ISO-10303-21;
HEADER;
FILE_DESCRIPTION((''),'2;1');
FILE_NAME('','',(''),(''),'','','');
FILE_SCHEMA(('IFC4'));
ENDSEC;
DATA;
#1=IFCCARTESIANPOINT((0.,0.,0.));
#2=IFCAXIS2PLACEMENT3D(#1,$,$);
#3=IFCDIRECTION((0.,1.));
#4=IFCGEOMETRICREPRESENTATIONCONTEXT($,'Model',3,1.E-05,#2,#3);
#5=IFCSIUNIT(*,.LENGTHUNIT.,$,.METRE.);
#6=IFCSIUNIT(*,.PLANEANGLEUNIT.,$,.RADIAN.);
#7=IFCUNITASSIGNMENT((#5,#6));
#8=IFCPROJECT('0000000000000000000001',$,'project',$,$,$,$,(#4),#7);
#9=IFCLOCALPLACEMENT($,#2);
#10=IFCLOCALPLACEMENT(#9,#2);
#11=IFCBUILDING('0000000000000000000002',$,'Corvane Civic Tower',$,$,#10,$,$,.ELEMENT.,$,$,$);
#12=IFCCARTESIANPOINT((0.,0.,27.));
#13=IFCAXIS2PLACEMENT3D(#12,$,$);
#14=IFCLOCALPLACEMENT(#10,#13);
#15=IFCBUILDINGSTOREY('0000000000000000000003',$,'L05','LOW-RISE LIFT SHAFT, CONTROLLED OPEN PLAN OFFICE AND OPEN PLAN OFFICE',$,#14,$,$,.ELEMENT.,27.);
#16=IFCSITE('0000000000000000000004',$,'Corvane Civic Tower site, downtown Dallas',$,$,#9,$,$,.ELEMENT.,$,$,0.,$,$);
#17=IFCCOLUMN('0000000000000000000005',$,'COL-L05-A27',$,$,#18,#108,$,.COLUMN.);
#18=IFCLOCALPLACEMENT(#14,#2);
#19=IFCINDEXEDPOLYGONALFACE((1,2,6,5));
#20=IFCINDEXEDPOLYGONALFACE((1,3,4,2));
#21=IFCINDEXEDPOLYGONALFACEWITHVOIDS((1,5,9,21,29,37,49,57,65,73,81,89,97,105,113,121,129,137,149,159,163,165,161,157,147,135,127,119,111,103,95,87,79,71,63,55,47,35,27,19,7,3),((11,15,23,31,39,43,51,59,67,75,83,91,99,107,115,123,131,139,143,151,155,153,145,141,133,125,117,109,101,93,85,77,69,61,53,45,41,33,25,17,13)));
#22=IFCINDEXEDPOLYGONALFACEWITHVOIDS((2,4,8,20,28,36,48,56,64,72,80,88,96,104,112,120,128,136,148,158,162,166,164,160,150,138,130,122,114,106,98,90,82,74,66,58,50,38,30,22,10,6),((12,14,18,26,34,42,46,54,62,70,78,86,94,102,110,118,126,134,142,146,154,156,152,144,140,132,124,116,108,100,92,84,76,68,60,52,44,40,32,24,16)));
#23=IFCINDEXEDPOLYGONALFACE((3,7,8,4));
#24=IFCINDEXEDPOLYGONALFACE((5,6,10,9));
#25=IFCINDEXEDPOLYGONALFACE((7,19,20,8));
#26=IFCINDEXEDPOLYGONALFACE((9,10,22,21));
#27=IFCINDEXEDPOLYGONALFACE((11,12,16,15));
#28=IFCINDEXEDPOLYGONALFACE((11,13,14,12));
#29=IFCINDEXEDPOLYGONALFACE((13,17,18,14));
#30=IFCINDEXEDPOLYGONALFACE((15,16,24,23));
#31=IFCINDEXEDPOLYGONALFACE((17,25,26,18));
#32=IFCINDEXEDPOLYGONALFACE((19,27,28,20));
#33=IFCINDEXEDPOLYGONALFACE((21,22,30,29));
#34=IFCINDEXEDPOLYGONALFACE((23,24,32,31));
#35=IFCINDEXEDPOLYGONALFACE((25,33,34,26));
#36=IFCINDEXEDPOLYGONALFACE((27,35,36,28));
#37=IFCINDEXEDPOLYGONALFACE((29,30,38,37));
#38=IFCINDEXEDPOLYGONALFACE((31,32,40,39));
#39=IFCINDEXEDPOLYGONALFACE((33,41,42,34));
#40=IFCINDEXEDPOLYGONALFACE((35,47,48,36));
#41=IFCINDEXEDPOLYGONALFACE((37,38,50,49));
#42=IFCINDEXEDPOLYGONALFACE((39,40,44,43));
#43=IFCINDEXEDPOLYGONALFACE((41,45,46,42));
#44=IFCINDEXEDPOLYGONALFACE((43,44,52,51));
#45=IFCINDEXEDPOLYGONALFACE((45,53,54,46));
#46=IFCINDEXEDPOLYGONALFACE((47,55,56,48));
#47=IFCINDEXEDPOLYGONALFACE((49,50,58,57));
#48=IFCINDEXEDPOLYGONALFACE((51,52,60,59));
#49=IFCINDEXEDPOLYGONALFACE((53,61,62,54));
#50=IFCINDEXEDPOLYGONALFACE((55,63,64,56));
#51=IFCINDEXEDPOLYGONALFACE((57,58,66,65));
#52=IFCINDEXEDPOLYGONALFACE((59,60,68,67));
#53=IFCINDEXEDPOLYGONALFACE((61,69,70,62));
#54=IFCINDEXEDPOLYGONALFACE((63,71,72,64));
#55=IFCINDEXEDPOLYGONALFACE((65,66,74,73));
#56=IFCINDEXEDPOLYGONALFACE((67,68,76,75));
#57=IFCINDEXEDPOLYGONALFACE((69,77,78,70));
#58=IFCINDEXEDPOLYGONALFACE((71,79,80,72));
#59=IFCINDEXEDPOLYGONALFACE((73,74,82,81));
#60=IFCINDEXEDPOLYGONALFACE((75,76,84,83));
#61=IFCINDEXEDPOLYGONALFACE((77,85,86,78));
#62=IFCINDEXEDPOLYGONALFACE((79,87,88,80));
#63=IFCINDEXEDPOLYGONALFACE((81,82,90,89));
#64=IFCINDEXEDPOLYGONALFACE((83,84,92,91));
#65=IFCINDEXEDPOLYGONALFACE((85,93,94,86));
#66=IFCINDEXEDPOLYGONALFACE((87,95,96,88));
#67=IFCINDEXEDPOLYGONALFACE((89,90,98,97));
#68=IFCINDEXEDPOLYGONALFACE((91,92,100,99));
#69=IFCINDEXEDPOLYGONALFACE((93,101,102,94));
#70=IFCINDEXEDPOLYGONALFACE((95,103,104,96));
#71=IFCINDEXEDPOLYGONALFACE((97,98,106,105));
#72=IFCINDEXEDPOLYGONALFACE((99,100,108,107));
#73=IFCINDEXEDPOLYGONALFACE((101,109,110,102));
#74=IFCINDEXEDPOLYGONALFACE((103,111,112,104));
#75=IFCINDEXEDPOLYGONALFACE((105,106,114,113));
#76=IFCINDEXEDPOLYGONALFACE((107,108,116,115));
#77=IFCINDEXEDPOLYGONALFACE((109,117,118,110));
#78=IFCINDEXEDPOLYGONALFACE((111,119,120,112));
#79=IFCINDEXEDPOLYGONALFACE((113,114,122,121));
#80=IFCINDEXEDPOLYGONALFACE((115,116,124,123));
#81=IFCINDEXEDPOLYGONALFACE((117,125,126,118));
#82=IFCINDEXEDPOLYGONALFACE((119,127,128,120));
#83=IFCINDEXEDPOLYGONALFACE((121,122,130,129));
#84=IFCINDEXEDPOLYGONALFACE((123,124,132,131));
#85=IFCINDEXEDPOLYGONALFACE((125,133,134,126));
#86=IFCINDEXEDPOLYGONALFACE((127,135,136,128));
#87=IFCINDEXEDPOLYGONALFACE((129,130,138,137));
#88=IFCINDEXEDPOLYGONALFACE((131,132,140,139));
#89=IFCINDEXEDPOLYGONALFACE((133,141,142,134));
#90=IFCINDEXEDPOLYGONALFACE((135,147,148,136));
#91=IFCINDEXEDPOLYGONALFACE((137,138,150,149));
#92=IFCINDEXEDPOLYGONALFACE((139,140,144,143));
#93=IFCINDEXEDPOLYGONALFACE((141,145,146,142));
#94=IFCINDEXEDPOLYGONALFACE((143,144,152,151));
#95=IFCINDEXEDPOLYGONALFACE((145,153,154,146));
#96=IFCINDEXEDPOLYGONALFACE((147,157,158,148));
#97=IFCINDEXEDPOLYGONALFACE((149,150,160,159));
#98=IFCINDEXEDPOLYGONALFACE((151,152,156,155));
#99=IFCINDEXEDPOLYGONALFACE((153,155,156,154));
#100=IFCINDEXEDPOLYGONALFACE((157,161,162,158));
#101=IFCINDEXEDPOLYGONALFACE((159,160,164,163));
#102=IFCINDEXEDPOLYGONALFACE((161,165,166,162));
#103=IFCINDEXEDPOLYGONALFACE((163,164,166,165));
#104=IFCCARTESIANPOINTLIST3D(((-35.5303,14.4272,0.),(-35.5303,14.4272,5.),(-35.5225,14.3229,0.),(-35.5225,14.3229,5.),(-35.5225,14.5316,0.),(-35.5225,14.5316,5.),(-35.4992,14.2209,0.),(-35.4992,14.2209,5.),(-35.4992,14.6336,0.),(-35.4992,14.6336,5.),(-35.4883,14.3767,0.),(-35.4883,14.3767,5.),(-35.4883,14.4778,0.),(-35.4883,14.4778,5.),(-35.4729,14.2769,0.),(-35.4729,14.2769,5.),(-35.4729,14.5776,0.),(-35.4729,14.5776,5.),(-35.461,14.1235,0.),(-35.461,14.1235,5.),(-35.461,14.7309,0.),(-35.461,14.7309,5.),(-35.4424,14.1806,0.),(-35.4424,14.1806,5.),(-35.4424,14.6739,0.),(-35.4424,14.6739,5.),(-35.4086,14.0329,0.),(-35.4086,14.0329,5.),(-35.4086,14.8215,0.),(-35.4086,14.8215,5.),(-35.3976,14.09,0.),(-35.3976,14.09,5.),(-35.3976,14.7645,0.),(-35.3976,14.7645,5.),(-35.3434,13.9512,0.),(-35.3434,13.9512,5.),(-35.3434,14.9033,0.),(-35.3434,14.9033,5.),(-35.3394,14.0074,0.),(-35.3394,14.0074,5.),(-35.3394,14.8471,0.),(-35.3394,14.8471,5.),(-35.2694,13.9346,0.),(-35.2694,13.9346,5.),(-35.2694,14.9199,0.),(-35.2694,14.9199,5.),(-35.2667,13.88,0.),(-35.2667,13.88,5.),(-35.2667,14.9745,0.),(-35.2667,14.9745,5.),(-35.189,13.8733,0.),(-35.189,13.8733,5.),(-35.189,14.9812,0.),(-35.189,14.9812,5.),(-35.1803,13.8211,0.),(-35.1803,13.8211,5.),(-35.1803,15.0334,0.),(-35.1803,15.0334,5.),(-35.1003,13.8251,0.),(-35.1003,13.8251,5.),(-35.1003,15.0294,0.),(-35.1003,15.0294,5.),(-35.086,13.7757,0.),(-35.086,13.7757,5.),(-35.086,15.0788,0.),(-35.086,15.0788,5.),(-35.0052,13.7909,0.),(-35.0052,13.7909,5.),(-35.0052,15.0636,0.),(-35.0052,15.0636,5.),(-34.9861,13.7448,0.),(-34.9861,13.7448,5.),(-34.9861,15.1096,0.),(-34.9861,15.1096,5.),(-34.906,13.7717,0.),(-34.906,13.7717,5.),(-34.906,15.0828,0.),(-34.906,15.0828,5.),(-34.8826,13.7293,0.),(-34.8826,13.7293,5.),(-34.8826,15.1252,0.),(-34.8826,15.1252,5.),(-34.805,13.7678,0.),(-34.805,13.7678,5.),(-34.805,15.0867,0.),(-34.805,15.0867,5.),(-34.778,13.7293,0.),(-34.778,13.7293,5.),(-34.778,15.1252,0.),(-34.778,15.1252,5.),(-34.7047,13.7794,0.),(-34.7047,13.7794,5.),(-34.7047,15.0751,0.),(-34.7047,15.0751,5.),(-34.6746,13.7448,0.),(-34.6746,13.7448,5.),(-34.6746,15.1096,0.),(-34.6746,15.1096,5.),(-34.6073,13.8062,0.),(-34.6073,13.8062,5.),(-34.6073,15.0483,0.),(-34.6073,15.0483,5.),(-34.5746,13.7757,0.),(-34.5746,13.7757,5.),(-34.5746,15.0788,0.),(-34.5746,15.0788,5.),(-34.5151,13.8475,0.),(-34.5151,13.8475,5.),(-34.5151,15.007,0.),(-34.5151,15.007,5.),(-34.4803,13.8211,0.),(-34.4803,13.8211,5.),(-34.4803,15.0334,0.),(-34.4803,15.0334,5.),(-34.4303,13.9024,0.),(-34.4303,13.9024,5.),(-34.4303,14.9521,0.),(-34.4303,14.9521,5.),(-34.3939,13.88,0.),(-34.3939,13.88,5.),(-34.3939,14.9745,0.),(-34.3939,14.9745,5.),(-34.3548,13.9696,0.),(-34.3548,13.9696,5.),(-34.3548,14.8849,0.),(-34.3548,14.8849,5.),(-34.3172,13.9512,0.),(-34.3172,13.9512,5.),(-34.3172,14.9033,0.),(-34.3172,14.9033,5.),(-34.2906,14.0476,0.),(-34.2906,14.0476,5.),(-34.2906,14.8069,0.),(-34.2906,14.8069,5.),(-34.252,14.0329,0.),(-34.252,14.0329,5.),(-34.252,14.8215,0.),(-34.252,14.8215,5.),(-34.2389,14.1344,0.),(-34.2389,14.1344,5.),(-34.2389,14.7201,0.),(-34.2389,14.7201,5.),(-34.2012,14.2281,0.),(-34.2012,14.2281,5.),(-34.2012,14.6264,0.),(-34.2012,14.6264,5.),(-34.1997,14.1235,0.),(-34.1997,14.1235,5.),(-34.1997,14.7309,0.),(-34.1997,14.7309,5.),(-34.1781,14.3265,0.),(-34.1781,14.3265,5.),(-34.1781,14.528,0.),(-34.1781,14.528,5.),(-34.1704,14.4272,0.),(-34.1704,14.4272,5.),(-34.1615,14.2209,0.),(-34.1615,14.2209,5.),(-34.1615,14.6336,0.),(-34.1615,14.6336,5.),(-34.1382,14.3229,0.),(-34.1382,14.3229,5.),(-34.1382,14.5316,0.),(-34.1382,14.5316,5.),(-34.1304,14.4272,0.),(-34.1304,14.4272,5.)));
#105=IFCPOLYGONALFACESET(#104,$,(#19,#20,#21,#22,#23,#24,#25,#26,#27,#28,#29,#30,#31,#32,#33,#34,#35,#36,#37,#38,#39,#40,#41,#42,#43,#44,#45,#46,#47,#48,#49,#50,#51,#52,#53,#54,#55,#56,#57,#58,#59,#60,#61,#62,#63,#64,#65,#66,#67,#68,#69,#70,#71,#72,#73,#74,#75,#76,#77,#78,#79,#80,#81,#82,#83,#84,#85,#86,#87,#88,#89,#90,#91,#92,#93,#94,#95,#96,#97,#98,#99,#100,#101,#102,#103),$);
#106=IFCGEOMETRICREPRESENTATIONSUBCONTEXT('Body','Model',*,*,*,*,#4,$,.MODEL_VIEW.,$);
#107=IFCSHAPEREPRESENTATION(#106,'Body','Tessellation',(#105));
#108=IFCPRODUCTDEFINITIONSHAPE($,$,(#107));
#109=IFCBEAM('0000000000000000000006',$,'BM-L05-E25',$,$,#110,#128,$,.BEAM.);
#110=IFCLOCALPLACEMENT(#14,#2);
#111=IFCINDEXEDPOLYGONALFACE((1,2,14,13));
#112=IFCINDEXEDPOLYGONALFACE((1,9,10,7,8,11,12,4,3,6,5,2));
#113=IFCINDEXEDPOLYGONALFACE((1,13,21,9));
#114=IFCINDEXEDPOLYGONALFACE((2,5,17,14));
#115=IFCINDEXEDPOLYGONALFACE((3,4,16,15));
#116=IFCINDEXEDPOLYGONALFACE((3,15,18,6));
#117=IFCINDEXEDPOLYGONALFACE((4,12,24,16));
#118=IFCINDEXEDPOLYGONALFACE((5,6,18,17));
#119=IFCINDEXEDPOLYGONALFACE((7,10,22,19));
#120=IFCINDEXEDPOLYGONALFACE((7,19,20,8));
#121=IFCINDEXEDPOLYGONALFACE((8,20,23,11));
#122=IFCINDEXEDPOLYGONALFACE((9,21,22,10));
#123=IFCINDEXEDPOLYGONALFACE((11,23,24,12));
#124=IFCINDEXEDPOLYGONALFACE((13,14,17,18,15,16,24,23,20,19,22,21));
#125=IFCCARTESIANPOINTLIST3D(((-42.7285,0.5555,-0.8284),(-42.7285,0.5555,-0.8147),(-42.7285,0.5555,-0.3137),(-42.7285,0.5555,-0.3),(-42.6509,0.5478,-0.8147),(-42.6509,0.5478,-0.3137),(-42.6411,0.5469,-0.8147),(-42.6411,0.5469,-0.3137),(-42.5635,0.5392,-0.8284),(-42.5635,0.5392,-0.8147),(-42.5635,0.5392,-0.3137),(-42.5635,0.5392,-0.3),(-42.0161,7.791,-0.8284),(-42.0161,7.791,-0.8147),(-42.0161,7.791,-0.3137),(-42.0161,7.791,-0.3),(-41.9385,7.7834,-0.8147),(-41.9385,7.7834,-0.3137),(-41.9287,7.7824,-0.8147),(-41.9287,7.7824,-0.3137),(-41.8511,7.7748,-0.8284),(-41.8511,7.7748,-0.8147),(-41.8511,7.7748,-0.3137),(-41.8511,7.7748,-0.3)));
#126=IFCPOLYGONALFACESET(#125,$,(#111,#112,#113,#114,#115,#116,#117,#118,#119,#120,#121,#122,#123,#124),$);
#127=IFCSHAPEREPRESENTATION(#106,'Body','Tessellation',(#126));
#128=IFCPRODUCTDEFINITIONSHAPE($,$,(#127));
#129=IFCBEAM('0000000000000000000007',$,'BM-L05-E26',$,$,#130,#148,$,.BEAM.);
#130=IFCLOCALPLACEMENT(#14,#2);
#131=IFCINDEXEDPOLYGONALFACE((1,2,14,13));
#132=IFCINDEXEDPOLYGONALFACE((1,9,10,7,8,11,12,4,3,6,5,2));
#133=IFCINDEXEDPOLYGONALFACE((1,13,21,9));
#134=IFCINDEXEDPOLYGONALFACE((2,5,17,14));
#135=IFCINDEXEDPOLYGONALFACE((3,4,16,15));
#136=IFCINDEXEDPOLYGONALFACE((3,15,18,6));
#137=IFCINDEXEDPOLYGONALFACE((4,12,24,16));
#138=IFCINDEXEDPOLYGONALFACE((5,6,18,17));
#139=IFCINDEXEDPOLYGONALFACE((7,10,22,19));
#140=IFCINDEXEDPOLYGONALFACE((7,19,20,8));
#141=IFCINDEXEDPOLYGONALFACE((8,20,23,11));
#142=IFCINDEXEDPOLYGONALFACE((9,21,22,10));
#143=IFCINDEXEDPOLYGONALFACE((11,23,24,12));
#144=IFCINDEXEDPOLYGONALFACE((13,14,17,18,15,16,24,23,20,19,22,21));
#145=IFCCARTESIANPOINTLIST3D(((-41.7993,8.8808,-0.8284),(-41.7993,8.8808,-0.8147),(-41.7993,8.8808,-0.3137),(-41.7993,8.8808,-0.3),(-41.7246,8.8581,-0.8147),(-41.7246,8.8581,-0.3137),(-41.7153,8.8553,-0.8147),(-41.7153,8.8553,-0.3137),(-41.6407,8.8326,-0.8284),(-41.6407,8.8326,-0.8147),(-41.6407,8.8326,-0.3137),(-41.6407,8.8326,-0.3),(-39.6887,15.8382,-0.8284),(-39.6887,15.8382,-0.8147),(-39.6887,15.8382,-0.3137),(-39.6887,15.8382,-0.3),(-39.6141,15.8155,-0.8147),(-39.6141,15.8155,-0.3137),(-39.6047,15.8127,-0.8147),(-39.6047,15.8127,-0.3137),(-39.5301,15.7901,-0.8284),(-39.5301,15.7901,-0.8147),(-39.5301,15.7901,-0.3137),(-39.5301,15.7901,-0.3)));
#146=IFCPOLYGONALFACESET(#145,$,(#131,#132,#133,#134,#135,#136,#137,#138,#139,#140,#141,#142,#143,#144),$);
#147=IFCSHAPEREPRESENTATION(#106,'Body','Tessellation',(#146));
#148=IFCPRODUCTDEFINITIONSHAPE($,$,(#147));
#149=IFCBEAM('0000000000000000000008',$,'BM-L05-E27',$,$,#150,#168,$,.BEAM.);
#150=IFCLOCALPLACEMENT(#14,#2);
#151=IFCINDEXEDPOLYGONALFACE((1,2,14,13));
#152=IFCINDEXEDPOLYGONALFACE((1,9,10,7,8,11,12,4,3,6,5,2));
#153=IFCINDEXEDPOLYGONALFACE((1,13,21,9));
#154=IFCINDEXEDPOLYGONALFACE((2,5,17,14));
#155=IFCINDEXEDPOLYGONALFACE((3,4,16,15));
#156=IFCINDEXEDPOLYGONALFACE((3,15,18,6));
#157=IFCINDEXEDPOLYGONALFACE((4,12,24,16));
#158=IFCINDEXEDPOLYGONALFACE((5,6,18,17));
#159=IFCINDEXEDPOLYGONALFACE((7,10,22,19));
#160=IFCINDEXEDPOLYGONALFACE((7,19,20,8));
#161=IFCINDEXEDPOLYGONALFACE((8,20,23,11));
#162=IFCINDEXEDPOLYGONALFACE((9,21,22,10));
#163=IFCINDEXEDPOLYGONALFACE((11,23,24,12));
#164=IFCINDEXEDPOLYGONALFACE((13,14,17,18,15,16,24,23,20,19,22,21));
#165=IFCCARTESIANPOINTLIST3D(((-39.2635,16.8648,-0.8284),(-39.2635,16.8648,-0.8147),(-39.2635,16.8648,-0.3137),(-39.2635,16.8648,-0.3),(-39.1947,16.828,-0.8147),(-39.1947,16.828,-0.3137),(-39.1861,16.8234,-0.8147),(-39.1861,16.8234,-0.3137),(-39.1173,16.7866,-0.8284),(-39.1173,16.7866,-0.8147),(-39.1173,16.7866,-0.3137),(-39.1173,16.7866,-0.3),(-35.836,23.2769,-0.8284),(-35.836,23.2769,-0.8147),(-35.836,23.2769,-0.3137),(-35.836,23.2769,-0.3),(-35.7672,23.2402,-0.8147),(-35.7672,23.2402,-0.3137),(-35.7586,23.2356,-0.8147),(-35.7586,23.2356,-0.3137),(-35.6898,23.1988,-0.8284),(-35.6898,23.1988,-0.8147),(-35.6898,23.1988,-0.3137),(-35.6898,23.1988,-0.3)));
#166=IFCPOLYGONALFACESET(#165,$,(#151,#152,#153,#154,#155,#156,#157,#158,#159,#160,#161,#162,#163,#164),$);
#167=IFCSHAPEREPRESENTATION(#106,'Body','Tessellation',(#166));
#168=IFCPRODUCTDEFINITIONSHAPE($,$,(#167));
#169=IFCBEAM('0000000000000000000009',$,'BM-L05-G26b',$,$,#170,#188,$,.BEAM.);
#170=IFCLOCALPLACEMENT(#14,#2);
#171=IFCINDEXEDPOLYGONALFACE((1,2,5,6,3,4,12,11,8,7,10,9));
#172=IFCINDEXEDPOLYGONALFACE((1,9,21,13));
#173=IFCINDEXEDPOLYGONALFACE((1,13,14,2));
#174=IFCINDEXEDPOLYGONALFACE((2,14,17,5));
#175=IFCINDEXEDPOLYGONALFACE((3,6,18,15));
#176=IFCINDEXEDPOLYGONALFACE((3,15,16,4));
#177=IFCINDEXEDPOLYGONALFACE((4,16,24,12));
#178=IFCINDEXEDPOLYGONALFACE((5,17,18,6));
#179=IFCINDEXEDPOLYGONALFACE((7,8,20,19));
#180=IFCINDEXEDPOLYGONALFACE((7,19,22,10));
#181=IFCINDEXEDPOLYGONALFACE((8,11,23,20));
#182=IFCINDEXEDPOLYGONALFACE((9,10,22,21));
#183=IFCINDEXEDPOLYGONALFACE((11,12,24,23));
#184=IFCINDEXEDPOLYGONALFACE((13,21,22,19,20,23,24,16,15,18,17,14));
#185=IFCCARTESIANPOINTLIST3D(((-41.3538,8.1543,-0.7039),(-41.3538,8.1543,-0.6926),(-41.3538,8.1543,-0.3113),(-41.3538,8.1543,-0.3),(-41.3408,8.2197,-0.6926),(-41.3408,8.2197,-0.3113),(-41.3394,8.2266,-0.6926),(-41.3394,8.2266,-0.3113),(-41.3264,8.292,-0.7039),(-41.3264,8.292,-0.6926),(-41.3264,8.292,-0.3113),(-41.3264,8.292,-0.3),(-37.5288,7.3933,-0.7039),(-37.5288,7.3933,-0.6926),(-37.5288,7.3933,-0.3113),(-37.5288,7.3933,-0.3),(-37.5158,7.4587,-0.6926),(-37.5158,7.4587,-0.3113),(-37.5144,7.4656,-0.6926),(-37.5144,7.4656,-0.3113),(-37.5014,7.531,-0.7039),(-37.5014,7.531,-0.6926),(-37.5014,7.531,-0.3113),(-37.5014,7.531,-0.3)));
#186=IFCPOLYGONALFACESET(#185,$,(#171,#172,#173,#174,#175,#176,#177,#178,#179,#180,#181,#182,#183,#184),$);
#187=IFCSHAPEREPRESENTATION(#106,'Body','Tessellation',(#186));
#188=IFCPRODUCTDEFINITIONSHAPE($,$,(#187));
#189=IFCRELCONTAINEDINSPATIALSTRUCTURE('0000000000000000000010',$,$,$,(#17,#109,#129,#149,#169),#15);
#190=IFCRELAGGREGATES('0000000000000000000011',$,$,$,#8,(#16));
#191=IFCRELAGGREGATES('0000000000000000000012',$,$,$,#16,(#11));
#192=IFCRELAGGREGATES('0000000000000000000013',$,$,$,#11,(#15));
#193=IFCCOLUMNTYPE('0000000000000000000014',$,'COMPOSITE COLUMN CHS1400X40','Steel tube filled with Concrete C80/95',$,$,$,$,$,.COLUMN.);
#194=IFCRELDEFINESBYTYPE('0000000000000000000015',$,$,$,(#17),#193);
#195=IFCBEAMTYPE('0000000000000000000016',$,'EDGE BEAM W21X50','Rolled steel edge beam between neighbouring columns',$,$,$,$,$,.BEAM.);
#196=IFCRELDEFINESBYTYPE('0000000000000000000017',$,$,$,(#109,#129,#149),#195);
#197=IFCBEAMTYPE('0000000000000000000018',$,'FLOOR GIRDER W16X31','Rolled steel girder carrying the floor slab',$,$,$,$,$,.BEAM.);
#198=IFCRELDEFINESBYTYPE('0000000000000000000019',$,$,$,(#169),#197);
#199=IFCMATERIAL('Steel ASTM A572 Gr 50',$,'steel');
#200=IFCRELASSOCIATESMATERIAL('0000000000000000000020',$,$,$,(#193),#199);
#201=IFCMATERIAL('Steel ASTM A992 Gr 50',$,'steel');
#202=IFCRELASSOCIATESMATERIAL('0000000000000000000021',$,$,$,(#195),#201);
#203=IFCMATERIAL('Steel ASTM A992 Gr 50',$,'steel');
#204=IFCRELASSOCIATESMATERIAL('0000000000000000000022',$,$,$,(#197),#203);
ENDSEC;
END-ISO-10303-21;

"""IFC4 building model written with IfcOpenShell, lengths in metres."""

from ifc_helpers import new_model, si_unit, direction, frame, origin, origin_2d, place, context, subcontext, project, spatial, hollow_circle, i_section, extrude, material, material_profile, profile_set, type_object, element, save


model = new_model("IFC4")

# Units and contexts
model_context = context("Model", 3, precision=1e-05, world=origin(), true_north=direction((0.0, 1.0)))
body_context = subcontext(model_context, "Body", "Model", "MODEL_VIEW")
ifc_project = project(units=[si_unit("LENGTHUNIT", "METRE"), si_unit("PLANEANGLEUNIT", "RADIAN")], contexts=[model_context])

# Site, building, storey
site_placement = place(None, origin())
site = spatial("IfcSite", under=ifc_project, at=site_placement, Name="Corvane Civic Tower site, downtown Dallas", CompositionType="ELEMENT", RefElevation=0.0)
building_placement = place(site_placement, origin())
building = spatial("IfcBuilding", under=site, at=building_placement, Name="Corvane Civic Tower", CompositionType="ELEMENT")
storey_placement = place(building_placement, frame((0.0, 0.0, 27.0)))
storey = spatial("IfcBuildingStorey", under=building, at=storey_placement, Name="L05", Description="LOW-RISE LIFT SHAFT, CONTROLLED OPEN PLAN OFFICE AND OPEN PLAN OFFICE", CompositionType="ELEMENT", Elevation=27.0)

# Column
ifc_material_1 = material(Name="Steel ASTM A572 Gr 50", Category="steel")
ifc_material_profile_1 = material_profile(ifc_material_1, hollow_circle(Radius=0.7, WallThickness=0.04, at=origin_2d()), Name="CHS1400X40")
ifc_profile_set_1 = profile_set([ifc_material_profile_1], Name="Steel ASTM A572 Gr 50")
column_type_1 = type_object("IfcColumnType", Name="COMPOSITE COLUMN CHS1400X40", Description="Steel tube filled with Concrete C80/95", PredefinedType="COLUMN", material=ifc_profile_set_1)
for number, where, z_axis, x_axis, name in (
    (1, (-34.8303, 14.4272, 0.0), (0.0, 0.0, 1.0), (1.0, 0.0, 0.0), "COL-L05-A27"),
):
    element("IfcColumn", number, at=place(storey_placement, frame(where, z_axis=z_axis, x_axis=x_axis)), inside=storey, type_object=column_type_1, Name=name, PredefinedType="COLUMN", context=body_context, shape_type="SweptSolid", body=[
        extrude(hollow_circle(Radius=0.7, WallThickness=0.04, at=origin_2d()), origin(), (0.0, 0.0, 1.0), 5.0),
    ])

# Beams
ifc_material_2 = material(Name="Steel ASTM A992 Gr 50", Category="steel")
ifc_material_profile_2 = material_profile(ifc_material_2, i_section(OverallWidth=0.1658, OverallDepth=0.5283, WebThickness=0.0098, FlangeThickness=0.0137, at=origin_2d()), Name="W21X50")
ifc_profile_set_2 = profile_set([ifc_material_profile_2], Name="Steel ASTM A992 Gr 50")
beam_type_1 = type_object("IfcBeamType", Name="EDGE BEAM W21X50", Description="Rolled steel edge beam between neighbouring columns", PredefinedType="BEAM", material=ifc_profile_set_2)
for number, where, z_axis, x_axis, name in (
    (2, (-42.646, 0.5474, -0.5642), (0.097984, 0.995188, 0.0), (-0.995188, 0.097984, 0.0), "BM-L05-E25"),
    (3, (-41.72, 8.8567, -0.5642), (0.290292, 0.956938, 0.0), (-0.956938, 0.290292, 0.0), "BM-L05-E26"),
):
    element("IfcBeam", number, at=place(storey_placement, frame(where, z_axis=z_axis, x_axis=x_axis)), inside=storey, type_object=beam_type_1, Name=name, PredefinedType="BEAM", context=body_context, shape_type="SweptSolid", body=[
        extrude(i_section(OverallWidth=0.1658, OverallDepth=0.5283, WebThickness=0.0098, FlangeThickness=0.0137, at=origin_2d()), origin(), (0.0, 0.0, 1.0), 7.2705),
    ])
beam_placement = place(storey_placement, frame((-39.1904, 16.8257, -0.5642), z_axis=(0.471412, 0.881913, 0.0), x_axis=(-0.881913, 0.471412, 0.0)))
element("IfcBeam", 4, at=beam_placement, inside=storey, type_object=beam_type_1, Name="BM-L05-E27", PredefinedType="BEAM", context=body_context, shape_type="SweptSolid", body=[
    extrude(i_section(OverallWidth=0.1658, OverallDepth=0.5283, WebThickness=0.0098, FlangeThickness=0.0137, at=origin_2d()), origin(), (0.0, 0.0, 1.0), 7.2708),
])
ifc_material_3 = material(Name="Steel ASTM A992 Gr 50", Category="steel")
ifc_material_profile_3 = material_profile(ifc_material_3, i_section(OverallWidth=0.1404, OverallDepth=0.4038, WebThickness=0.0071, FlangeThickness=0.0112, at=origin_2d()), Name="W16X31")
ifc_profile_set_3 = profile_set([ifc_material_profile_3], Name="Steel ASTM A992 Gr 50")
beam_type_2 = type_object("IfcBeamType", Name="FLOOR GIRDER W16X31", Description="Rolled steel girder carrying the floor slab", PredefinedType="BEAM", material=ifc_profile_set_3)
for number, where, z_axis, x_axis, name in (
    (5, (-37.5151, 7.4622, -0.502), (-0.980778, 0.195129, 0.0), (-0.195129, -0.980778, 0.0), "BM-L05-G26b"),
):
    element("IfcBeam", number, at=place(storey_placement, frame(where, z_axis=z_axis, x_axis=x_axis)), inside=storey, type_object=beam_type_2, Name=name, PredefinedType="BEAM", context=body_context, shape_type="SweptSolid", body=[
        extrude(i_section(OverallWidth=0.1404, OverallDepth=0.4038, WebThickness=0.0071, FlangeThickness=0.0112, at=origin_2d()), origin(), (0.0, 0.0, 1.0), 3.8999),
    ])

save(model, "model.ifc")
